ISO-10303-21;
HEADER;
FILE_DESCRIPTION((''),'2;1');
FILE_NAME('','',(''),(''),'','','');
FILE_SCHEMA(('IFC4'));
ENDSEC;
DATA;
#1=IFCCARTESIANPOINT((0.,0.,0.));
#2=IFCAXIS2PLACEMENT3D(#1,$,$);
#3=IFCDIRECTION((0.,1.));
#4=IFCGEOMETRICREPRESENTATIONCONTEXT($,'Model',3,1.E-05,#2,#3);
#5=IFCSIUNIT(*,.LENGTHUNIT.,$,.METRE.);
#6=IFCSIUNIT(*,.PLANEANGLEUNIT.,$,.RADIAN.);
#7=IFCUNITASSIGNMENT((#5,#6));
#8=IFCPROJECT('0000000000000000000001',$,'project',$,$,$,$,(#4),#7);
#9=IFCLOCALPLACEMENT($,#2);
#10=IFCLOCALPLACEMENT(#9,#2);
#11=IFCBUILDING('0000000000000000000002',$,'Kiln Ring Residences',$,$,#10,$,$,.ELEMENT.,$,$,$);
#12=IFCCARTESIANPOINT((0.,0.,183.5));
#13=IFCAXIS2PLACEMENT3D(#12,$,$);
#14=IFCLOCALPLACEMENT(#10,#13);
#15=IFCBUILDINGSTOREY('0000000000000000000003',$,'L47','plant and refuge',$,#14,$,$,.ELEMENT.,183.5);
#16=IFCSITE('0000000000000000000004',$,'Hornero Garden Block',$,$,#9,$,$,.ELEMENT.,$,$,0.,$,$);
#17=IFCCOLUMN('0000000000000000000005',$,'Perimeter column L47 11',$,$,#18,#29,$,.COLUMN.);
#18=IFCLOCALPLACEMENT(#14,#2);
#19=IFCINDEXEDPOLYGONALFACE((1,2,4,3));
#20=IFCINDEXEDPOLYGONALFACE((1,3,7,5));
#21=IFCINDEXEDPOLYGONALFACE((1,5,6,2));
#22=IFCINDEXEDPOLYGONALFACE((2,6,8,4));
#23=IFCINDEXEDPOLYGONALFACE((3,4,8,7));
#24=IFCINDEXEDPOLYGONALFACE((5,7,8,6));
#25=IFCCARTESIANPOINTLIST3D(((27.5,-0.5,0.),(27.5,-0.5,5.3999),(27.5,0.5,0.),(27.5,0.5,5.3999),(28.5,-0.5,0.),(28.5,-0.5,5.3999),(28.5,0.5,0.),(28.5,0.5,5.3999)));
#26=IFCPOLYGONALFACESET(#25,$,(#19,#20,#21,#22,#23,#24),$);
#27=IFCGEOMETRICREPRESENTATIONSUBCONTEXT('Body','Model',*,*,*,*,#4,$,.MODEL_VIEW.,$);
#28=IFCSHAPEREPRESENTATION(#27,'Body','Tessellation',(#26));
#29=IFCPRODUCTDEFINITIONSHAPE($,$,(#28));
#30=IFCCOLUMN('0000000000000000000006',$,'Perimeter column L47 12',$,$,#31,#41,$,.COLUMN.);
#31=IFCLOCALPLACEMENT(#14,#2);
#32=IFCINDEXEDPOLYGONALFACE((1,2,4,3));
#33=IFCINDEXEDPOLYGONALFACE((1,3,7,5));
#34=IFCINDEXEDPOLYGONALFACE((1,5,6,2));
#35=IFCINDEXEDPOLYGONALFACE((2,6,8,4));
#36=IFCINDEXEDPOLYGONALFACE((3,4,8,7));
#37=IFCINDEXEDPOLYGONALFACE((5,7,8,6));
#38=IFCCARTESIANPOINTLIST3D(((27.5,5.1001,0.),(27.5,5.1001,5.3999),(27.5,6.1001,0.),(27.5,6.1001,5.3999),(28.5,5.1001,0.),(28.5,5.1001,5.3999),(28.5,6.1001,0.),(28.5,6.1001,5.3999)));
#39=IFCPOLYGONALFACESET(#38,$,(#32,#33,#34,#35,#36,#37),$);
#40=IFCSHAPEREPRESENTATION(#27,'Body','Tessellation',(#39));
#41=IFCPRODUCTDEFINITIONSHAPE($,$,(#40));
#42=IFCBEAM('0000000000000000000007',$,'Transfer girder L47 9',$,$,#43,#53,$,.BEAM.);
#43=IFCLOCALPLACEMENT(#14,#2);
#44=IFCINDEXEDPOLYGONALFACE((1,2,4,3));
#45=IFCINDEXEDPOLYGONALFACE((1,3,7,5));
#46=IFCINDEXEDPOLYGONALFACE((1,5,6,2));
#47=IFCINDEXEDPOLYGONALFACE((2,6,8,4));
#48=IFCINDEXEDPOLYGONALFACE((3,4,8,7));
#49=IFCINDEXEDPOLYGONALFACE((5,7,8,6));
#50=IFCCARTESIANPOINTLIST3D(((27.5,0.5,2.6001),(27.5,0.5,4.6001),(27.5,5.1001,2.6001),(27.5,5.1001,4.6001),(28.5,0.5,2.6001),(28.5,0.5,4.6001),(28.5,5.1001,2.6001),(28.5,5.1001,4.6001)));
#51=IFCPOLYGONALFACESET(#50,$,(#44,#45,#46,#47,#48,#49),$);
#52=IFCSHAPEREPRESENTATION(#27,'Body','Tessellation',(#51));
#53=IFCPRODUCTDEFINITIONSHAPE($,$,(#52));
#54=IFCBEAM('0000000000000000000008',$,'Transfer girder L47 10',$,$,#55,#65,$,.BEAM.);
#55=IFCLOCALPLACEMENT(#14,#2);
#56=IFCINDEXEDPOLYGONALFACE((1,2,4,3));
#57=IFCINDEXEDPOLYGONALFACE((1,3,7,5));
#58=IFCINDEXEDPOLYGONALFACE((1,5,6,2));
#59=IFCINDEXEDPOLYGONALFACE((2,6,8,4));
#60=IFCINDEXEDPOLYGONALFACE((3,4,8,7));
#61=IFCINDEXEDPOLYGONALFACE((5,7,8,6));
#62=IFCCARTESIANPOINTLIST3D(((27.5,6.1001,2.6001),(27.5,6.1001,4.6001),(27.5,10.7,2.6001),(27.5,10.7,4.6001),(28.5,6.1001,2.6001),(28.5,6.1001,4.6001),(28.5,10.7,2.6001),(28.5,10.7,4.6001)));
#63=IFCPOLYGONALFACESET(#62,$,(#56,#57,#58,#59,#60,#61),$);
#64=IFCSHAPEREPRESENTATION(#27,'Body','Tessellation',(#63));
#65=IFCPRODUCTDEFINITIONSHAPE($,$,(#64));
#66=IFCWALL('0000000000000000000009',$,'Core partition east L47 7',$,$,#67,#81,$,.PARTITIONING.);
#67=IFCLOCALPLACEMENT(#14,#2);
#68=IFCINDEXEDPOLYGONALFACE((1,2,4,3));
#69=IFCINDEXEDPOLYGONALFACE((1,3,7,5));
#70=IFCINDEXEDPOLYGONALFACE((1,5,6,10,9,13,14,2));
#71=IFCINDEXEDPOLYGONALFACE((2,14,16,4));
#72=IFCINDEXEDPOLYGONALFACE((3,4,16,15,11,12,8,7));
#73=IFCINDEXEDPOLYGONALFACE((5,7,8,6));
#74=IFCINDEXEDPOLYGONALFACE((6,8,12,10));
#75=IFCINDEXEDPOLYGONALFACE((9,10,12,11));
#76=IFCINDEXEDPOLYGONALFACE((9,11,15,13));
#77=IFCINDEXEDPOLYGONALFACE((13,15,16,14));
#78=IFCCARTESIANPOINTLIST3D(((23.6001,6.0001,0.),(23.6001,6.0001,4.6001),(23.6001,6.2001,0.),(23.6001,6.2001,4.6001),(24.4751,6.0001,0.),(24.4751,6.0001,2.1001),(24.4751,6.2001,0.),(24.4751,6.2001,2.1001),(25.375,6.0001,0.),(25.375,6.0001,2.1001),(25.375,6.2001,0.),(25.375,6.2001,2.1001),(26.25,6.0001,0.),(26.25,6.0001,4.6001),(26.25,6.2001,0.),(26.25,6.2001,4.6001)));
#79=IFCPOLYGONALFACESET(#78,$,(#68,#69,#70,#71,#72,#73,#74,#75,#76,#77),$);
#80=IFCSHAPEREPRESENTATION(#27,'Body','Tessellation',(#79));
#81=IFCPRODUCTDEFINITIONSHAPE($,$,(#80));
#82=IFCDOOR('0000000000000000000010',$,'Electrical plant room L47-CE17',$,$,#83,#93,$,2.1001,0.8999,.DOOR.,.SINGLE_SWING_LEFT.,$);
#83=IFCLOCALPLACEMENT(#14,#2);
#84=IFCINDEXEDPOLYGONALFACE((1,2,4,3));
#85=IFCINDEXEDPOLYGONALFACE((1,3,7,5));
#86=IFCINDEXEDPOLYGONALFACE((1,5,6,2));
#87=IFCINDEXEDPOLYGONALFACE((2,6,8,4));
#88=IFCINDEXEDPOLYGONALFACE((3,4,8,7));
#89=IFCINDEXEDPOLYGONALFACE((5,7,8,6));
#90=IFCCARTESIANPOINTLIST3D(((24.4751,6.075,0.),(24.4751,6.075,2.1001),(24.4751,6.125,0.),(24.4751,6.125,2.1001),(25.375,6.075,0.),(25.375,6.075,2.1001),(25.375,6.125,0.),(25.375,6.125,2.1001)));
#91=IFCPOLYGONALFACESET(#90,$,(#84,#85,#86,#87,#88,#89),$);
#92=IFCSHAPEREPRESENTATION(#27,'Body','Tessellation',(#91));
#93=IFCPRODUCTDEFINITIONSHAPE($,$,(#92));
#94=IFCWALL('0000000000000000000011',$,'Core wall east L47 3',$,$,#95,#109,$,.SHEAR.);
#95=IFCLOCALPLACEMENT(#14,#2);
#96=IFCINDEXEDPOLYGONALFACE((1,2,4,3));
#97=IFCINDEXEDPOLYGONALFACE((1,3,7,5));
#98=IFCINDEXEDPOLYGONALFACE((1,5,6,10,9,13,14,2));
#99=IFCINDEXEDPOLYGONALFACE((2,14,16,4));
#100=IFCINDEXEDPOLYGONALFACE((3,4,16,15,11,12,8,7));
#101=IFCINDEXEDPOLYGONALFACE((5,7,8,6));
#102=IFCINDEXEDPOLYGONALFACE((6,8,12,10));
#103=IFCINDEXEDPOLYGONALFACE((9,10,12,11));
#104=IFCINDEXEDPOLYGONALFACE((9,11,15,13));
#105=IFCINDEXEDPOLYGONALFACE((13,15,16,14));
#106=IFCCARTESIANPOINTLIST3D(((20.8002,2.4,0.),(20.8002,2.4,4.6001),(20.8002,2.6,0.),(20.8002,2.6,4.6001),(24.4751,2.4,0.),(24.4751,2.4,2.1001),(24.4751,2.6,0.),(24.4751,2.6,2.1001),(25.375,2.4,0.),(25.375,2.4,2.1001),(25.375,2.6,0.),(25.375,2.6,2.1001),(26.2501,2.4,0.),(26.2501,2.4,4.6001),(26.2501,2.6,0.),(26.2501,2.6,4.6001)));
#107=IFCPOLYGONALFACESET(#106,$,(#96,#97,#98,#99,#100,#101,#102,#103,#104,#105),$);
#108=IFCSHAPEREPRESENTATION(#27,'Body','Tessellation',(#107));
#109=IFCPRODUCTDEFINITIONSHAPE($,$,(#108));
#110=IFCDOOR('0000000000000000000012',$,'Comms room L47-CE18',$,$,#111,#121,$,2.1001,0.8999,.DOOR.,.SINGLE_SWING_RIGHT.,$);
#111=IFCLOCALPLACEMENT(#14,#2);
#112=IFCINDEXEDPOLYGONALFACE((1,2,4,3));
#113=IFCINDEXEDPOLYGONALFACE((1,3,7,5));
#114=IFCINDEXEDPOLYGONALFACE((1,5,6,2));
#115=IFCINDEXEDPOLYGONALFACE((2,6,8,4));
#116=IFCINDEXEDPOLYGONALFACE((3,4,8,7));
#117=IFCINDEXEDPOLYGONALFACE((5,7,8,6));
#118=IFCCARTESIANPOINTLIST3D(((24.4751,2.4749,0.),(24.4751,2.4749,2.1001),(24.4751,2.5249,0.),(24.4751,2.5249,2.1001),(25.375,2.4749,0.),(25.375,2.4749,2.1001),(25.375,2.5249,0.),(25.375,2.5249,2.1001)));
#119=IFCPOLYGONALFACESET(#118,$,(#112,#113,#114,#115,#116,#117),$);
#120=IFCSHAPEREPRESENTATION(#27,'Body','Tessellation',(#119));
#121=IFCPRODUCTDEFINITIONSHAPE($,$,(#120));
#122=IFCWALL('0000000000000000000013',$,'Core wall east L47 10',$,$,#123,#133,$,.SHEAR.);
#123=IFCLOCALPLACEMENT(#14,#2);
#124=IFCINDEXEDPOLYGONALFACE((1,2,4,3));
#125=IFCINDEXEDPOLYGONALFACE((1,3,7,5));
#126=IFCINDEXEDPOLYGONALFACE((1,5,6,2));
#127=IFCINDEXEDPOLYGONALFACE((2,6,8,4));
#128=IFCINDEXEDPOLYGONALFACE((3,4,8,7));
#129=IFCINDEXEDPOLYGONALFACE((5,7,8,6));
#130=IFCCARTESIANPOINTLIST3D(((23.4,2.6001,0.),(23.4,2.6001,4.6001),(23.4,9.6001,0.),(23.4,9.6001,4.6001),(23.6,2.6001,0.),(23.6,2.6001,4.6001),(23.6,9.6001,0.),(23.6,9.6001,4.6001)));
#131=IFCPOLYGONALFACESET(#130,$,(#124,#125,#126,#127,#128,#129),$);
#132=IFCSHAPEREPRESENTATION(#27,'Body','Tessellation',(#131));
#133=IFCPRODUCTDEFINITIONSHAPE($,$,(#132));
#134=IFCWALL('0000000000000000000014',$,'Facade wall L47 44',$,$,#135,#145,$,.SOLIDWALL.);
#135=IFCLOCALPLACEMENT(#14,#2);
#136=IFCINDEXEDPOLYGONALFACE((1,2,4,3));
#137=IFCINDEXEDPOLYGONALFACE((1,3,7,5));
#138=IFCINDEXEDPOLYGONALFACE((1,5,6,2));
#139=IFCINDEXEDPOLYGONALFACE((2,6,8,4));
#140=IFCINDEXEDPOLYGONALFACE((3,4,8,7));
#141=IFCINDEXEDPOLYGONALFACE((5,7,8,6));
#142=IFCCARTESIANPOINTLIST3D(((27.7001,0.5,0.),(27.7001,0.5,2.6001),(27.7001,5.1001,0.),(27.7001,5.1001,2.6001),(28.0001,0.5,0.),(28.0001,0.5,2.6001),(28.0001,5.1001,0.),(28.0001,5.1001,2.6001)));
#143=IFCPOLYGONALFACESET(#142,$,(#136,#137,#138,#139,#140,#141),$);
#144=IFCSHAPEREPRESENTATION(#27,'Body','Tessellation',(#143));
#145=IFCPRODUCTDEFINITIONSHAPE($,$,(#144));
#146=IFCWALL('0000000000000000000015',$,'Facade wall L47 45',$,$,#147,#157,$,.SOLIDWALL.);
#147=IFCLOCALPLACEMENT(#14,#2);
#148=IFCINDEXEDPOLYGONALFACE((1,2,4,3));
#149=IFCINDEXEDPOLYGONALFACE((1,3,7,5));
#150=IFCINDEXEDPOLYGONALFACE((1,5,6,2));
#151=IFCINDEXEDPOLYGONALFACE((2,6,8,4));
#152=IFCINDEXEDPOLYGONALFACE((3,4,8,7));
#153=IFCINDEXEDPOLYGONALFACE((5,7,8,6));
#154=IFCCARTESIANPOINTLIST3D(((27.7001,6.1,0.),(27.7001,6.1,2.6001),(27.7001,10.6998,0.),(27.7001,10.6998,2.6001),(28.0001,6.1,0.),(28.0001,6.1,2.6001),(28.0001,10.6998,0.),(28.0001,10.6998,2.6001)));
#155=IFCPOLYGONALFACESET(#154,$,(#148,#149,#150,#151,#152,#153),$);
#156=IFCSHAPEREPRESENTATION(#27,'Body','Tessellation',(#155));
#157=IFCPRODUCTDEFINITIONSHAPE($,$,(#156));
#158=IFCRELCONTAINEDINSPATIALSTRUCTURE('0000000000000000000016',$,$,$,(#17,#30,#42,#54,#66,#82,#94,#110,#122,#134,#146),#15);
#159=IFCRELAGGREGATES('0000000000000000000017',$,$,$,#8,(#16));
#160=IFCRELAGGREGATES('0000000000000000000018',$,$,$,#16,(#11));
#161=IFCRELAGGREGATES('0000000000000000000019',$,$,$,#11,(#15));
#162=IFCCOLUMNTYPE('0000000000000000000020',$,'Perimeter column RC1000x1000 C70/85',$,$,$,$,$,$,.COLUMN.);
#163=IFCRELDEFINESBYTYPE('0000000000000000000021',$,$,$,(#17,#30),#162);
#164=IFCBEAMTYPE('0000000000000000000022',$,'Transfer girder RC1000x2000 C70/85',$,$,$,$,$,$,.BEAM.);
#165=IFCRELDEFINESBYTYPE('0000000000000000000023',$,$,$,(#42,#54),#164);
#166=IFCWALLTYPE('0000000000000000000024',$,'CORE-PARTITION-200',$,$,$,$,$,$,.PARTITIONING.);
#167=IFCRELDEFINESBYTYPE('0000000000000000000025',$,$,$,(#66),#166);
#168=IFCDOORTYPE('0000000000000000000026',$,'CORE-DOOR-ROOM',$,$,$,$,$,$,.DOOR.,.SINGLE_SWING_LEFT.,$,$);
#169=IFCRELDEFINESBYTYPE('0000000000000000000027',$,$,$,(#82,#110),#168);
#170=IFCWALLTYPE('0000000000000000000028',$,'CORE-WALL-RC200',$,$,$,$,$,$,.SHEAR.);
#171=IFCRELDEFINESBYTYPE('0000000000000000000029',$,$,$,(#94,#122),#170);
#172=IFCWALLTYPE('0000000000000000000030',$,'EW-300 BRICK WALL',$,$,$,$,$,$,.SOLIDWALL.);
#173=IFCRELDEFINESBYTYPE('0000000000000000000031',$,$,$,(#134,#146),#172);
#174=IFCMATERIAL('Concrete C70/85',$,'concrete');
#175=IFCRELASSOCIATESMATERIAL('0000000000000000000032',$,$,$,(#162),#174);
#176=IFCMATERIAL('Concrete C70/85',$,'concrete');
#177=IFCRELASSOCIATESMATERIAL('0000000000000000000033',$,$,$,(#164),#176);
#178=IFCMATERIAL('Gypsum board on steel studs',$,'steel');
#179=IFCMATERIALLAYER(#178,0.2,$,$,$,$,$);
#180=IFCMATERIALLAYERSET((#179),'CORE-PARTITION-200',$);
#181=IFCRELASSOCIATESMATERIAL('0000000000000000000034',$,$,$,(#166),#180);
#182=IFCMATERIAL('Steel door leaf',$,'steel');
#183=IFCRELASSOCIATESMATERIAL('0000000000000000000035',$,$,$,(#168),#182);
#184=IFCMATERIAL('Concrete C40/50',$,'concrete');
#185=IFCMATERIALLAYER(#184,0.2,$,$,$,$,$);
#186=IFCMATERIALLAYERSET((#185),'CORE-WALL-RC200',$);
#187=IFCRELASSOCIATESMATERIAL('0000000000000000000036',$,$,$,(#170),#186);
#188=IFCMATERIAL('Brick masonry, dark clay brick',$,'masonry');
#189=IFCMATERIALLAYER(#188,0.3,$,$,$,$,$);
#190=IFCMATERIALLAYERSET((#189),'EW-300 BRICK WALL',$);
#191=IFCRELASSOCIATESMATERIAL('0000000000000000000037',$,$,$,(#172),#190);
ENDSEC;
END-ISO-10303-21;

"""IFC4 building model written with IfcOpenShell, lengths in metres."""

from ifc_helpers import new_model, si_unit, direction, frame, frame_2d, origin, origin_2d, place, context, subcontext, project, spatial, rectangle, extrude, material, layer, layer_set, material_profile, profile_set, type_object, element, fill, save


model = new_model("IFC4")

# Units and contexts
model_context = context("Model", 3, precision=1e-05, world=origin(), true_north=direction((0.0, 1.0)))
body_context = subcontext(model_context, "Body", "Model", "MODEL_VIEW")
ifc_project = project(units=[si_unit("LENGTHUNIT", "METRE"), si_unit("PLANEANGLEUNIT", "RADIAN")], contexts=[model_context])

# Site, building, storey
site_placement = place(None, origin())
site = spatial("IfcSite", under=ifc_project, at=site_placement, Name="Hornero Garden Block", CompositionType="ELEMENT", RefElevation=0.0)
building_placement = place(site_placement, origin())
building = spatial("IfcBuilding", under=site, at=building_placement, Name="Kiln Ring Residences", CompositionType="ELEMENT")
storey_placement = place(building_placement, frame((0.0, 0.0, 183.5)))
storey = spatial("IfcBuildingStorey", under=building, at=storey_placement, Name="L47", Description="plant and refuge", CompositionType="ELEMENT", Elevation=183.5)

# Columns
ifc_material_1 = material(Name="Concrete C70/85", Category="concrete")
ifc_material_profile_1 = material_profile(ifc_material_1, rectangle(XDim=1.0, YDim=1.0, at=origin_2d()), Name="RC1000x1000")
ifc_profile_set_1 = profile_set([ifc_material_profile_1], Name="Concrete C70/85")
column_type = type_object("IfcColumnType", Name="Perimeter column RC1000x1000 C70/85", PredefinedType="COLUMN", material=ifc_profile_set_1)
for number, where, z_axis, x_axis, name in (
    (1, (28.0, 0.0, 0.0), (0.0, 0.0, 1.0), (1.0, 0.0, 0.0), "Perimeter column L47 11"),
    (2, (28.0, 5.6001, 0.0), (0.0, 0.0, 1.0), (1.0, 0.0, 0.0), "Perimeter column L47 12"),
):
    element("IfcColumn", number, at=place(storey_placement, frame(where, z_axis=z_axis, x_axis=x_axis)), inside=storey, type_object=column_type, Name=name, PredefinedType="COLUMN", context=body_context, shape_type="SweptSolid", body=[
        extrude(rectangle(XDim=1.0, YDim=1.0, at=origin_2d()), origin(), (0.0, 0.0, 1.0), 5.3999),
    ])

# Beams
ifc_material_2 = material(Name="Concrete C70/85", Category="concrete")
ifc_material_profile_2 = material_profile(ifc_material_2, rectangle(XDim=1.0, YDim=2.0, at=origin_2d()), Name="RC1000x2000")
ifc_profile_set_2 = profile_set([ifc_material_profile_2], Name="Concrete C70/85")
beam_type = type_object("IfcBeamType", Name="Transfer girder RC1000x2000 C70/85", PredefinedType="BEAM", material=ifc_profile_set_2)
beam_1_placement = place(storey_placement, frame((28.0, 0.5, 3.6001), z_axis=(0.0, 1.0, 0.0), x_axis=(-1.0, 0.0, 0.0)))
element("IfcBeam", 3, at=beam_1_placement, inside=storey, type_object=beam_type, Name="Transfer girder L47 9", PredefinedType="BEAM", context=body_context, shape_type="SweptSolid", body=[
    extrude(rectangle(XDim=1.0, YDim=2.0, at=origin_2d()), origin(), (0.0, 0.0, 1.0), 4.6001),
])
beam_2_placement = place(storey_placement, frame((28.0, 6.1001, 3.6001), z_axis=(0.0, 1.0, 0.0), x_axis=(-1.0, 0.0, 0.0)))
element("IfcBeam", 4, at=beam_2_placement, inside=storey, type_object=beam_type, Name="Transfer girder L47 10", PredefinedType="BEAM", context=body_context, shape_type="SweptSolid", body=[
    extrude(rectangle(XDim=1.0, YDim=2.0, at=origin_2d()), origin(), (0.0, 0.0, 1.0), 4.5999),
])

# Walls, openings, doors
ifc_material_3 = material(Name="Gypsum board on steel studs", Category="steel")
ifc_layer_1 = layer(ifc_material_3, 0.2)
ifc_layer_set_1 = layer_set([ifc_layer_1], Name="CORE-PARTITION-200")
wall_type_1 = type_object("IfcWallType", Name="CORE-PARTITION-200", PredefinedType="PARTITIONING", material=ifc_layer_set_1)
wall_1_placement = place(storey_placement, frame((23.6001, 6.1001, 0.0), z_axis=(0.0, 0.0, 1.0), x_axis=(1.0, 0.0, 0.0)))
wall_1 = element("IfcWall", 5, at=wall_1_placement, inside=storey, type_object=wall_type_1, Name="Core partition east L47 7", PredefinedType="PARTITIONING", context=body_context, shape_type="SweptSolid", body=[
    extrude(rectangle(XDim=2.6499, YDim=0.2, at=frame_2d((1.325, 0.0))), origin(), (0.0, 0.0, 1.0), 4.6001),
])
opening_1_placement = place(wall_1_placement, frame((0.875, 0.0, 0.0)))
opening_1 = element("IfcOpeningElement", 6, at=opening_1_placement, cuts=wall_1, PredefinedType="OPENING", context=body_context, shape_type="SweptSolid", body=[
    extrude(rectangle(XDim=0.8999, YDim=2.1001, at=frame_2d((0.45, 1.05))), frame((0.0, 0.1099, 0.0), z_axis=(0.0, -1.0, 0.0), x_axis=(1.0, 0.0, 0.0)), (0.0, 0.0, 1.0), 0.22),
])
ifc_material_4 = material(Name="Steel door leaf", Category="steel")
door_type = type_object("IfcDoorType", Name="CORE-DOOR-ROOM", OperationType="SINGLE_SWING_LEFT", PredefinedType="DOOR", material=ifc_material_4)
door_1_placement = place(opening_1_placement, origin())
door_1 = element("IfcDoor", 7, at=door_1_placement, inside=storey, type_object=door_type, Name="Electrical plant room L47-CE17", OperationType="SINGLE_SWING_LEFT", OverallHeight=2.1001, OverallWidth=0.8999, PredefinedType="DOOR", context=body_context, shape_type="SweptSolid", body=[
    extrude(rectangle(XDim=0.8999, YDim=2.1001, at=frame_2d((0.45, 1.05))), frame((0.0, 0.0249, 0.0), z_axis=(0.0, -1.0, 0.0), x_axis=(1.0, 0.0, 0.0)), (0.0, 0.0, 1.0), 0.05),
])
fill(opening_1, door_1)
ifc_material_5 = material(Name="Concrete C40/50", Category="concrete")
ifc_layer_2 = layer(ifc_material_5, 0.2)
ifc_layer_set_2 = layer_set([ifc_layer_2], Name="CORE-WALL-RC200")
wall_type_2 = type_object("IfcWallType", Name="CORE-WALL-RC200", PredefinedType="SHEAR", material=ifc_layer_set_2)
wall_2_placement = place(storey_placement, frame((20.8, 2.5, 0.0), z_axis=(0.0, 0.0, 1.0), x_axis=(1.0, 0.0, 0.0)))
wall_2 = element("IfcWall", 8, at=wall_2_placement, inside=storey, type_object=wall_type_2, Name="Core wall east L47 3", PredefinedType="SHEAR", context=body_context, shape_type="SweptSolid", body=[
    extrude(rectangle(XDim=5.45, YDim=0.2, at=frame_2d((2.7251, 0.0))), origin(), (0.0, 0.0, 1.0), 4.6001),
])
opening_2_placement = place(wall_2_placement, frame((3.675, 0.0, 0.0)))
opening_2 = element("IfcOpeningElement", 9, at=opening_2_placement, cuts=wall_2, PredefinedType="OPENING", context=body_context, shape_type="SweptSolid", body=[
    extrude(rectangle(XDim=0.8999, YDim=2.1001, at=frame_2d((0.45, 1.05))), frame((0.0, 0.1099, 0.0), z_axis=(0.0, -1.0, 0.0), x_axis=(1.0, 0.0, 0.0)), (0.0, 0.0, 1.0), 0.22),
])
door_2_placement = place(opening_2_placement, origin())
door_2 = element("IfcDoor", 10, at=door_2_placement, inside=storey, type_object=door_type, Name="Comms room L47-CE18", OperationType="SINGLE_SWING_RIGHT", OverallHeight=2.1001, OverallWidth=0.8999, PredefinedType="DOOR", context=body_context, shape_type="SweptSolid", body=[
    extrude(rectangle(XDim=0.8999, YDim=2.1001, at=frame_2d((0.45, 1.05))), frame((0.0, 0.0249, 0.0), z_axis=(0.0, -1.0, 0.0), x_axis=(1.0, 0.0, 0.0)), (0.0, 0.0, 1.0), 0.05),
])
fill(opening_2, door_2)

# Walls
wall_3_placement = place(storey_placement, frame((23.5, 2.6001, 0.0), z_axis=(0.0, 0.0, 1.0), x_axis=(0.0, 1.0, 0.0)))
element("IfcWall", 11, at=wall_3_placement, inside=storey, type_object=wall_type_2, Name="Core wall east L47 10", PredefinedType="SHEAR", context=body_context, shape_type="SweptSolid", body=[
    extrude(rectangle(XDim=7.0, YDim=0.2, at=frame_2d((3.5, 0.0))), origin(), (0.0, 0.0, 1.0), 4.6001),
])
ifc_material_6 = material(Name="Brick masonry, dark clay brick", Category="masonry")
ifc_layer_3 = layer(ifc_material_6, 0.3)
ifc_layer_set_3 = layer_set([ifc_layer_3], Name="EW-300 BRICK WALL")
wall_type_3 = type_object("IfcWallType", Name="EW-300 BRICK WALL", PredefinedType="SOLIDWALL", material=ifc_layer_set_3)
wall_4_placement = place(storey_placement, frame((27.8501, 0.5, 0.0), z_axis=(0.0, 0.0, 1.0), x_axis=(0.0, 1.0, 0.0)))
element("IfcWall", 12, at=wall_4_placement, inside=storey, type_object=wall_type_3, Name="Facade wall L47 44", PredefinedType="SOLIDWALL", context=body_context, shape_type="SweptSolid", body=[
    extrude(rectangle(XDim=4.6001, YDim=0.3, at=frame_2d((2.3, 0.0))), origin(), (0.0, 0.0, 1.0), 2.6001),
])
wall_5_placement = place(storey_placement, frame((27.8501, 6.1001, 0.0), z_axis=(0.0, 0.0, 1.0), x_axis=(0.0, 1.0, 0.0)))
element("IfcWall", 13, at=wall_5_placement, inside=storey, type_object=wall_type_3, Name="Facade wall L47 45", PredefinedType="SOLIDWALL", context=body_context, shape_type="SweptSolid", body=[
    extrude(rectangle(XDim=4.5999, YDim=0.3, at=frame_2d((2.2998, 0.0))), origin(), (0.0, 0.0, 1.0), 2.6001),
])

save(model, "model.ifc")
